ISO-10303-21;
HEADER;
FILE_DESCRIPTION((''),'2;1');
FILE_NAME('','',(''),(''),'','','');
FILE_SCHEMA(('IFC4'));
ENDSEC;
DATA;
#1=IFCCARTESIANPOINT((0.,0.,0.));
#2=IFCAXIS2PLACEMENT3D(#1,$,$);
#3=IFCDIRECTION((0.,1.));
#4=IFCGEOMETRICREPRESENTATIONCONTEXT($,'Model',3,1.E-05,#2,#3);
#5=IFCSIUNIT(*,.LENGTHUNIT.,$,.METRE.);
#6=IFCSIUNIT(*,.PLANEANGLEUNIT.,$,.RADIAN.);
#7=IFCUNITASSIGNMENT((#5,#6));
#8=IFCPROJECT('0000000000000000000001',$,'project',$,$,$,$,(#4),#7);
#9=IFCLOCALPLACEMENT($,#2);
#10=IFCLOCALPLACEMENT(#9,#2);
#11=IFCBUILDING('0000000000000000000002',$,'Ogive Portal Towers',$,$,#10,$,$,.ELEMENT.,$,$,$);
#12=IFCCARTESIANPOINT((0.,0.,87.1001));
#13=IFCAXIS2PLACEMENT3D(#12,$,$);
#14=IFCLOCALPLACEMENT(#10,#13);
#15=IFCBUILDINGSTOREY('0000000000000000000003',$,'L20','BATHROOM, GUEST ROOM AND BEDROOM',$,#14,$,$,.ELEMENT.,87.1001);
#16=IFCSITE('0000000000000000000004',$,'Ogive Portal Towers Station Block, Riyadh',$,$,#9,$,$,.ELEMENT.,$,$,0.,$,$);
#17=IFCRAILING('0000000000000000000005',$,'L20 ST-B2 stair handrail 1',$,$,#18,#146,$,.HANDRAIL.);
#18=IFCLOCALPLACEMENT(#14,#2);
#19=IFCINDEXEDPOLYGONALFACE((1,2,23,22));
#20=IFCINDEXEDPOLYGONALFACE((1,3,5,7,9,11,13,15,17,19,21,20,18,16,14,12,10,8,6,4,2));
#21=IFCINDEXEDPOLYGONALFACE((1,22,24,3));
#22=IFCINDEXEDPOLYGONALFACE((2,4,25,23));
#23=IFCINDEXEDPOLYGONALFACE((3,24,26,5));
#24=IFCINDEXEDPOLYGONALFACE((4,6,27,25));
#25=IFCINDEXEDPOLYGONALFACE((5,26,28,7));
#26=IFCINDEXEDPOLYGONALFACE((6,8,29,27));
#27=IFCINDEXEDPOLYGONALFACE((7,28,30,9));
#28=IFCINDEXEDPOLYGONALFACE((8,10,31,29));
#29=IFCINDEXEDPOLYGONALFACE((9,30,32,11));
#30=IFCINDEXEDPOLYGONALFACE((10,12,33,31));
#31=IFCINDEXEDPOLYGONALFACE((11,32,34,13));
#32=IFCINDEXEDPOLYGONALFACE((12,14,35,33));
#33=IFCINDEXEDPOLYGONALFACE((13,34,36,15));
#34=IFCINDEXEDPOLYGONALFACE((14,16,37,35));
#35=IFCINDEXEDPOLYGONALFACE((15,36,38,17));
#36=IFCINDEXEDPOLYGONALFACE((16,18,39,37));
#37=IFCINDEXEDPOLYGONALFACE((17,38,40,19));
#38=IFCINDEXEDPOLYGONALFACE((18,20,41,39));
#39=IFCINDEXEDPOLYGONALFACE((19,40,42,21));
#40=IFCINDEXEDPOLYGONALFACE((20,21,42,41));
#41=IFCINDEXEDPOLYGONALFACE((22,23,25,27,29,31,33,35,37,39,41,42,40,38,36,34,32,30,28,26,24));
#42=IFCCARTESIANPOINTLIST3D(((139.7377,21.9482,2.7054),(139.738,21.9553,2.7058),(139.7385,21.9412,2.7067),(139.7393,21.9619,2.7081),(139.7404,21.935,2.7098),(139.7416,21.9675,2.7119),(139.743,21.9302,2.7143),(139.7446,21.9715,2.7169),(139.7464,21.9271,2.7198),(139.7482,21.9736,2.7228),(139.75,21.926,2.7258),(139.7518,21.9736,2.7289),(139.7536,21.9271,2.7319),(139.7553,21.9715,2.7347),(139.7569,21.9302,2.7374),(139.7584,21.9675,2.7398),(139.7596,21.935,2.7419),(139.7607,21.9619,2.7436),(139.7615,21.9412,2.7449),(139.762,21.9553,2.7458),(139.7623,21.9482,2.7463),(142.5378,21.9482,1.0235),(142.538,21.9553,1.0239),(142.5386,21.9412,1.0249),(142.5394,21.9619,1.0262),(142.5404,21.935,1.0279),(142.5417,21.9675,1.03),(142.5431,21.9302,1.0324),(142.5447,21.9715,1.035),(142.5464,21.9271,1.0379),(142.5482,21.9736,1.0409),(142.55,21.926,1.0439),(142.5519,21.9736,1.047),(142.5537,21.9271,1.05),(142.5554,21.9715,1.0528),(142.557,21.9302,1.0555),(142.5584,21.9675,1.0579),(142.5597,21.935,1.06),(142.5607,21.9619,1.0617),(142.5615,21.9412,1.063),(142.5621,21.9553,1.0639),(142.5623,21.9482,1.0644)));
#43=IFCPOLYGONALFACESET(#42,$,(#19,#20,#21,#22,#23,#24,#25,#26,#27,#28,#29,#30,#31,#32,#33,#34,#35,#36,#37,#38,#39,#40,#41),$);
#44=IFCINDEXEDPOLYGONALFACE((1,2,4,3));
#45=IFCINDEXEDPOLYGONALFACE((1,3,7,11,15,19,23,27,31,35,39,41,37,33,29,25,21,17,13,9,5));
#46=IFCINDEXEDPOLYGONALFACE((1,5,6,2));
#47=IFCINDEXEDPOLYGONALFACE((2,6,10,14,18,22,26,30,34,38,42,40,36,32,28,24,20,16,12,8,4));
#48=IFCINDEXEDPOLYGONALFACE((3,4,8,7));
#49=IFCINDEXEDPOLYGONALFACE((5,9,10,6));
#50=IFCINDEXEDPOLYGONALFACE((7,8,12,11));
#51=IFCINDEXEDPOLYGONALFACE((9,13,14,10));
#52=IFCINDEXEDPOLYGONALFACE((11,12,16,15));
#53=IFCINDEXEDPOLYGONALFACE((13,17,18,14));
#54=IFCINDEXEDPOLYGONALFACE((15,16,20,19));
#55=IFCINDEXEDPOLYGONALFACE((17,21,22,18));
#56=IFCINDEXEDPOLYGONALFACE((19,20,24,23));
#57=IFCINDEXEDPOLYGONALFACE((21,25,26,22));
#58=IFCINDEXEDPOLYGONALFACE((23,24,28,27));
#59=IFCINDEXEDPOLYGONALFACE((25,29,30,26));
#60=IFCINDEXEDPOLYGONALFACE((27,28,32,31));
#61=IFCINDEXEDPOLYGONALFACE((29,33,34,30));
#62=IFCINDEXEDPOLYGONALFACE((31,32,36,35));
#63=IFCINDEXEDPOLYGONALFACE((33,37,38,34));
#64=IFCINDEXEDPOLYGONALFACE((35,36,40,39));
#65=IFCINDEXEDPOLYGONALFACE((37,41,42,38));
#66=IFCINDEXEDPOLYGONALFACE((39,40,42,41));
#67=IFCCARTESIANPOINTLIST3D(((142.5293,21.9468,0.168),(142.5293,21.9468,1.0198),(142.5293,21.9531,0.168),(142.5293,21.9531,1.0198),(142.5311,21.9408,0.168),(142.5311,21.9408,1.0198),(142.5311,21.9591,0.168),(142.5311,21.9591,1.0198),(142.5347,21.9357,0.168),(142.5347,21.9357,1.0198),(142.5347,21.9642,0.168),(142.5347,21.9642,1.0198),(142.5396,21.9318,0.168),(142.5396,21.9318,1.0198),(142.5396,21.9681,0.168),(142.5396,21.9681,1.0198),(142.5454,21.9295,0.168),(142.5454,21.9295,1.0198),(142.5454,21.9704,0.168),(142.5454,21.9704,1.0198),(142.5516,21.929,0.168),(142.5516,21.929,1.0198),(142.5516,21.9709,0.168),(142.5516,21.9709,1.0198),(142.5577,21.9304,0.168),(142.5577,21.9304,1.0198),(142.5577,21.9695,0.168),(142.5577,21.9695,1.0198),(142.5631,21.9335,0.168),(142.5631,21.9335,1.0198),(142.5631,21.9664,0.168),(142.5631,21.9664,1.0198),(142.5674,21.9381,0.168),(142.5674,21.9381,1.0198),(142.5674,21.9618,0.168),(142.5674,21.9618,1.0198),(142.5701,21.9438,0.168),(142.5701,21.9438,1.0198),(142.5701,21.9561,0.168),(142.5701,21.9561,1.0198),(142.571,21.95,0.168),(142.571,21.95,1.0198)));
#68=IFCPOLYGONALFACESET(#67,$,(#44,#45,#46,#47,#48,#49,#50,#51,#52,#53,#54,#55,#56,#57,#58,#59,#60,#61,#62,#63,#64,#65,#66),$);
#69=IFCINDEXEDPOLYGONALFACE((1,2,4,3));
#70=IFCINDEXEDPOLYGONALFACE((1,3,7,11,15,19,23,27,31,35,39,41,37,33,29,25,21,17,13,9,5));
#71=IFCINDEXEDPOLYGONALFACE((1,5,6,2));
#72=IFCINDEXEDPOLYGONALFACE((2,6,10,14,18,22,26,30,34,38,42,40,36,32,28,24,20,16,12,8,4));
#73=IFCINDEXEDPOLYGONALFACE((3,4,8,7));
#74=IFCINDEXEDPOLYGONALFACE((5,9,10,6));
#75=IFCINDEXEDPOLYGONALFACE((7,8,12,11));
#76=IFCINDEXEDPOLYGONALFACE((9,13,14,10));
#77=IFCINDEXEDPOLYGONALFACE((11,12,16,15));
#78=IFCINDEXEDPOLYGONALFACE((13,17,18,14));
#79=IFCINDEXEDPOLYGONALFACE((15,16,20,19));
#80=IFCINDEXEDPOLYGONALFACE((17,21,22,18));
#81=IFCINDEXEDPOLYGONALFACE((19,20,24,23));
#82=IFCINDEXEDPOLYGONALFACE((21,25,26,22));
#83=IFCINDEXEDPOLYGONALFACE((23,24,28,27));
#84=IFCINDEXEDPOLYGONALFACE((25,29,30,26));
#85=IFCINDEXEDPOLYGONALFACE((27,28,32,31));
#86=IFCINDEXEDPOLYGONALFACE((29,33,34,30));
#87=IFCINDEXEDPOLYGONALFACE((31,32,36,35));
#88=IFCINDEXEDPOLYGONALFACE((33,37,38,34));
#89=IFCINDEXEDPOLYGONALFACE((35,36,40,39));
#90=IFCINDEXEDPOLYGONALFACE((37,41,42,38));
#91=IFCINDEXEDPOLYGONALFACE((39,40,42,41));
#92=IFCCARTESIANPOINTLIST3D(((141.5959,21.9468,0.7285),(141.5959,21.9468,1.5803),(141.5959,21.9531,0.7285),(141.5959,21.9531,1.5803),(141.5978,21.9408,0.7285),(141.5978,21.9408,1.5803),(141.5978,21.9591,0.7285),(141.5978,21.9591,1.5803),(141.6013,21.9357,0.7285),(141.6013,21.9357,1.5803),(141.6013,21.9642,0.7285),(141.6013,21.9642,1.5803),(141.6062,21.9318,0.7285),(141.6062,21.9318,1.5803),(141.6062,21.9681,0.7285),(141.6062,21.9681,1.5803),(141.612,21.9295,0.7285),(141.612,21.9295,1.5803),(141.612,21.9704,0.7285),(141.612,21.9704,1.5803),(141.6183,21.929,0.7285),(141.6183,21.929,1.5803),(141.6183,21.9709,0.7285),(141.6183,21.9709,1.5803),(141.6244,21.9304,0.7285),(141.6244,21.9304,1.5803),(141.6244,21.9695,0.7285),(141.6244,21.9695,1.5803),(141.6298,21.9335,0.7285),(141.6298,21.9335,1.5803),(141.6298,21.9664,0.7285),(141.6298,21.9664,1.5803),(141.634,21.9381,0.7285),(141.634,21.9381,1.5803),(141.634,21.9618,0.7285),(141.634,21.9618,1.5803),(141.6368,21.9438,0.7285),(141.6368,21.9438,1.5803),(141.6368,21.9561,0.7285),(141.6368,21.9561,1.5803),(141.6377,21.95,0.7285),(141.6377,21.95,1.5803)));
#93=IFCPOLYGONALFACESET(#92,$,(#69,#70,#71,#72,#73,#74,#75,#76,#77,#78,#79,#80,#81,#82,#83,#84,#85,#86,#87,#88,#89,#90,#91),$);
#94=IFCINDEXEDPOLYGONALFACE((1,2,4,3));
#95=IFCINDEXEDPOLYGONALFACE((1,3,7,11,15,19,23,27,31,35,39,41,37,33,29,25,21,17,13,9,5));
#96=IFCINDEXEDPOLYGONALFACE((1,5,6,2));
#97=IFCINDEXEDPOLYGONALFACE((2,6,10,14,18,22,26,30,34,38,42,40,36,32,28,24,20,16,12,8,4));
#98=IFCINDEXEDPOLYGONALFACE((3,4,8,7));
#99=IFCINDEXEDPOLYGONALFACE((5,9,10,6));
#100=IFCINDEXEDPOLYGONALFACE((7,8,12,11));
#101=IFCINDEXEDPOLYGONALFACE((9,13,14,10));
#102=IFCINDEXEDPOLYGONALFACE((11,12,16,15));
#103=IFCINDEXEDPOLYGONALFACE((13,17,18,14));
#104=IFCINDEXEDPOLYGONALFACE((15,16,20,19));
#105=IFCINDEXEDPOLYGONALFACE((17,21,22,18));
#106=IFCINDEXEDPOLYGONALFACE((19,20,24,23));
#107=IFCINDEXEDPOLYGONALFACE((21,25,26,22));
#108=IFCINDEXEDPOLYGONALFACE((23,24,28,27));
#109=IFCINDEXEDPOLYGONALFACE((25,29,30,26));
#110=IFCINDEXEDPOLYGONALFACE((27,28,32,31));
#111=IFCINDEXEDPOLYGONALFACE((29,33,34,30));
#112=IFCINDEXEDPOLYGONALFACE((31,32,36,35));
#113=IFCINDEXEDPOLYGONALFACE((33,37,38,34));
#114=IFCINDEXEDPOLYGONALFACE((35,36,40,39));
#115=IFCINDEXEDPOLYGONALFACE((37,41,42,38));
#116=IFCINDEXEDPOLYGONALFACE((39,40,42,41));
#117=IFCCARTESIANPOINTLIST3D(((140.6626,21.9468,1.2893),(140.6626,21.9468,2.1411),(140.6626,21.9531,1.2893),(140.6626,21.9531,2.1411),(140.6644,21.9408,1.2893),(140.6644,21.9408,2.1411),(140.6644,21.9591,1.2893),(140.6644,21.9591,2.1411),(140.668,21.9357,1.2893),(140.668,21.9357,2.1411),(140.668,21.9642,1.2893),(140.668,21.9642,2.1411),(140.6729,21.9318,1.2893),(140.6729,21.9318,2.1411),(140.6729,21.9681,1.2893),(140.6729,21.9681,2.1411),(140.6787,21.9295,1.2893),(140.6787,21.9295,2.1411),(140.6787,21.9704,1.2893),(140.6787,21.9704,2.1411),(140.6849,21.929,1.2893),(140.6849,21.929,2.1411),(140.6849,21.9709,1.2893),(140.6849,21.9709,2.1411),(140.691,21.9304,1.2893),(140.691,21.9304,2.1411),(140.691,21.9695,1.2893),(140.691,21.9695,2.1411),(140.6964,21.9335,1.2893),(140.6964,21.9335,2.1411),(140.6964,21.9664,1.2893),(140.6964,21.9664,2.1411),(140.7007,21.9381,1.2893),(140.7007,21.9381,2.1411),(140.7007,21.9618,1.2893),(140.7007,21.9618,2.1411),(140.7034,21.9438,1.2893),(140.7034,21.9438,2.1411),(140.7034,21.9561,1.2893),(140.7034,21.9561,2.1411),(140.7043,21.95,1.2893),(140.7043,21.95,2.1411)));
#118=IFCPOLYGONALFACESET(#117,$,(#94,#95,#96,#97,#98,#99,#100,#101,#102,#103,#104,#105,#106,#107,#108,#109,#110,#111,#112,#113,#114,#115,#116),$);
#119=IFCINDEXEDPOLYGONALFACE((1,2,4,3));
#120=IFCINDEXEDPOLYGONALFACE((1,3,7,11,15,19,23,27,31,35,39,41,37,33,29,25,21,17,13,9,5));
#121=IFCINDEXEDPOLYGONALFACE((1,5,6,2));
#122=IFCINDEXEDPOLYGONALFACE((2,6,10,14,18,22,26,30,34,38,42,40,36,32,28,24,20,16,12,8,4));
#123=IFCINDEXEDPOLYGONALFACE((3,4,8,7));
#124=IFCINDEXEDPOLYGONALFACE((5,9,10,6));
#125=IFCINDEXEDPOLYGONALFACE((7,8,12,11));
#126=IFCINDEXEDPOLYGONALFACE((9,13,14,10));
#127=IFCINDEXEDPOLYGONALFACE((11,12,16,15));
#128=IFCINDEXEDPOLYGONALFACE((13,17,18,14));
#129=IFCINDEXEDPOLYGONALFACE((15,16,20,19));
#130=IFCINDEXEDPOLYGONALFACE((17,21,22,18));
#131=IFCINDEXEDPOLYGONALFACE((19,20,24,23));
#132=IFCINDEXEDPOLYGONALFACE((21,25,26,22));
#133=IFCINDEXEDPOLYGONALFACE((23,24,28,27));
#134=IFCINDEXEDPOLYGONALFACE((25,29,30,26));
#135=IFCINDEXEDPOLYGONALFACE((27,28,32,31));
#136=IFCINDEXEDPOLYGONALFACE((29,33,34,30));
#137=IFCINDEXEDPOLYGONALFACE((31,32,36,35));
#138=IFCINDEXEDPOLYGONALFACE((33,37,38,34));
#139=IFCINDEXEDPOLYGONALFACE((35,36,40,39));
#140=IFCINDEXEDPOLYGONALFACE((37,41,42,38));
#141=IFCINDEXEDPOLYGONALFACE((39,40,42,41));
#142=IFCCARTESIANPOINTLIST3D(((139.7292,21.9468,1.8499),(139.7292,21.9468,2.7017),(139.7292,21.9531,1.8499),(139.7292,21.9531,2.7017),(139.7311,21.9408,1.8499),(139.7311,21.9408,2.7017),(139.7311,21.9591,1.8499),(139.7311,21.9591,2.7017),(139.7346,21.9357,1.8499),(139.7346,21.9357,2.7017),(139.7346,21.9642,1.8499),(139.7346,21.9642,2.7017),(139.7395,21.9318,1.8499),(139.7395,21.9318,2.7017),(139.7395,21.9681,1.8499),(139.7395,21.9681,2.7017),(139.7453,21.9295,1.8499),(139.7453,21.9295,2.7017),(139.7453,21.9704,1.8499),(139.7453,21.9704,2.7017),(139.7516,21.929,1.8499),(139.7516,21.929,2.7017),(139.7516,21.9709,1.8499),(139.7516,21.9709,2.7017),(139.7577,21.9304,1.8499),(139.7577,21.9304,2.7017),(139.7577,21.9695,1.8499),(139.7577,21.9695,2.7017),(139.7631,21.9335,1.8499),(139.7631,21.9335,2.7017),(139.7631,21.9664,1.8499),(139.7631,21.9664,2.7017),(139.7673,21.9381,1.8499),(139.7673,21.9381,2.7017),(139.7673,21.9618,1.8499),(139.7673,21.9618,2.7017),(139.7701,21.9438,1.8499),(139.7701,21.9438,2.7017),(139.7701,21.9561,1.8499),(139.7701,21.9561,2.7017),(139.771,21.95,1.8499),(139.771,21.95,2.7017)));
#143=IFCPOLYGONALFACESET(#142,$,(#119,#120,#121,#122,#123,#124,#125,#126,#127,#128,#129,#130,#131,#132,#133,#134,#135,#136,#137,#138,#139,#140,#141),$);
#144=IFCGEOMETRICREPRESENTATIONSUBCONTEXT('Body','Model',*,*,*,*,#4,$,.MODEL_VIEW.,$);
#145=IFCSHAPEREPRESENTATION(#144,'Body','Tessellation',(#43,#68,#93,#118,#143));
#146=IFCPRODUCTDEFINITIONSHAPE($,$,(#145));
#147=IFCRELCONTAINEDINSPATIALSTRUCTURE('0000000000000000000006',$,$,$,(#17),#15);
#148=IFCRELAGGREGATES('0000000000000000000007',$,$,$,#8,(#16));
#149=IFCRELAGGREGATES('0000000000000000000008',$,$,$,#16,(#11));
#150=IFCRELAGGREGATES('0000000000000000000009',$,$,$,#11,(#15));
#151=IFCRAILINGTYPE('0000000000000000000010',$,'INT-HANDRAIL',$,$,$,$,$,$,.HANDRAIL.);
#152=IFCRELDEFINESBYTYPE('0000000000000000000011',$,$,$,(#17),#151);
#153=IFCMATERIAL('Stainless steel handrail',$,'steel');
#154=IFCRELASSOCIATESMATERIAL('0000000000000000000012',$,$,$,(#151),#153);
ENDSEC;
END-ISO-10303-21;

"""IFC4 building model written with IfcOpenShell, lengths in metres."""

from ifc_helpers import new_model, si_unit, direction, frame, origin, origin_2d, place, context, subcontext, project, spatial, circle, extrude, material, type_object, element, save


model = new_model("IFC4")

# Units and contexts
model_context = context("Model", 3, precision=1e-05, world=origin(), true_north=direction((0.0, 1.0)))
body_context = subcontext(model_context, "Body", "Model", "MODEL_VIEW")
ifc_project = project(units=[si_unit("LENGTHUNIT", "METRE"), si_unit("PLANEANGLEUNIT", "RADIAN")], contexts=[model_context])

# Site, building, storey
site_placement = place(None, origin())
site = spatial("IfcSite", under=ifc_project, at=site_placement, Name="Ogive Portal Towers Station Block, Riyadh", CompositionType="ELEMENT", RefElevation=0.0)
building_placement = place(site_placement, origin())
building = spatial("IfcBuilding", under=site, at=building_placement, Name="Ogive Portal Towers", CompositionType="ELEMENT")
storey_placement = place(building_placement, frame((0.0, 0.0, 87.1001)))
storey = spatial("IfcBuildingStorey", under=building, at=storey_placement, Name="L20", Description="BATHROOM, GUEST ROOM AND BEDROOM", CompositionType="ELEMENT", Elevation=87.1001)

# Railing
ifc_material_1 = material(Name="Stainless steel handrail", Category="steel")
railing_type_1 = type_object("IfcRailingType", Name="INT-HANDRAIL", PredefinedType="HANDRAIL", material=ifc_material_1)
railing_1_placement = place(storey_placement, frame((142.55, 21.95, 0.168)))
element("IfcRailing", 1, at=railing_1_placement, inside=storey, type_object=railing_type_1, Name="L20 ST-B2 stair handrail 1", PredefinedType="HANDRAIL", context=body_context, shape_type="SweptSolid", body=[
    extrude(circle(Radius=0.0239, at=origin_2d()), frame((0.0, 0.0, 0.876), z_axis=(-0.857242, 0.0, 0.514913), x_axis=(0.0, -1.0, 0.0)), (0.0, 0.0, 1.0), 3.2664),
    extrude(circle(Radius=0.021, at=origin_2d()), origin(), (0.0, 0.0, 1.0), 0.8518),
    extrude(circle(Radius=0.021, at=origin_2d()), frame((-0.9333, 0.0, 0.5605)), (0.0, 0.0, 1.0), 0.8518),
    extrude(circle(Radius=0.021, at=origin_2d()), frame((-1.8667, 0.0, 1.1213)), (0.0, 0.0, 1.0), 0.8518),
    extrude(circle(Radius=0.021, at=origin_2d()), frame((-2.8, 0.0, 1.6819)), (0.0, 0.0, 1.0), 0.8518),
])

save(model, "model.ifc")
